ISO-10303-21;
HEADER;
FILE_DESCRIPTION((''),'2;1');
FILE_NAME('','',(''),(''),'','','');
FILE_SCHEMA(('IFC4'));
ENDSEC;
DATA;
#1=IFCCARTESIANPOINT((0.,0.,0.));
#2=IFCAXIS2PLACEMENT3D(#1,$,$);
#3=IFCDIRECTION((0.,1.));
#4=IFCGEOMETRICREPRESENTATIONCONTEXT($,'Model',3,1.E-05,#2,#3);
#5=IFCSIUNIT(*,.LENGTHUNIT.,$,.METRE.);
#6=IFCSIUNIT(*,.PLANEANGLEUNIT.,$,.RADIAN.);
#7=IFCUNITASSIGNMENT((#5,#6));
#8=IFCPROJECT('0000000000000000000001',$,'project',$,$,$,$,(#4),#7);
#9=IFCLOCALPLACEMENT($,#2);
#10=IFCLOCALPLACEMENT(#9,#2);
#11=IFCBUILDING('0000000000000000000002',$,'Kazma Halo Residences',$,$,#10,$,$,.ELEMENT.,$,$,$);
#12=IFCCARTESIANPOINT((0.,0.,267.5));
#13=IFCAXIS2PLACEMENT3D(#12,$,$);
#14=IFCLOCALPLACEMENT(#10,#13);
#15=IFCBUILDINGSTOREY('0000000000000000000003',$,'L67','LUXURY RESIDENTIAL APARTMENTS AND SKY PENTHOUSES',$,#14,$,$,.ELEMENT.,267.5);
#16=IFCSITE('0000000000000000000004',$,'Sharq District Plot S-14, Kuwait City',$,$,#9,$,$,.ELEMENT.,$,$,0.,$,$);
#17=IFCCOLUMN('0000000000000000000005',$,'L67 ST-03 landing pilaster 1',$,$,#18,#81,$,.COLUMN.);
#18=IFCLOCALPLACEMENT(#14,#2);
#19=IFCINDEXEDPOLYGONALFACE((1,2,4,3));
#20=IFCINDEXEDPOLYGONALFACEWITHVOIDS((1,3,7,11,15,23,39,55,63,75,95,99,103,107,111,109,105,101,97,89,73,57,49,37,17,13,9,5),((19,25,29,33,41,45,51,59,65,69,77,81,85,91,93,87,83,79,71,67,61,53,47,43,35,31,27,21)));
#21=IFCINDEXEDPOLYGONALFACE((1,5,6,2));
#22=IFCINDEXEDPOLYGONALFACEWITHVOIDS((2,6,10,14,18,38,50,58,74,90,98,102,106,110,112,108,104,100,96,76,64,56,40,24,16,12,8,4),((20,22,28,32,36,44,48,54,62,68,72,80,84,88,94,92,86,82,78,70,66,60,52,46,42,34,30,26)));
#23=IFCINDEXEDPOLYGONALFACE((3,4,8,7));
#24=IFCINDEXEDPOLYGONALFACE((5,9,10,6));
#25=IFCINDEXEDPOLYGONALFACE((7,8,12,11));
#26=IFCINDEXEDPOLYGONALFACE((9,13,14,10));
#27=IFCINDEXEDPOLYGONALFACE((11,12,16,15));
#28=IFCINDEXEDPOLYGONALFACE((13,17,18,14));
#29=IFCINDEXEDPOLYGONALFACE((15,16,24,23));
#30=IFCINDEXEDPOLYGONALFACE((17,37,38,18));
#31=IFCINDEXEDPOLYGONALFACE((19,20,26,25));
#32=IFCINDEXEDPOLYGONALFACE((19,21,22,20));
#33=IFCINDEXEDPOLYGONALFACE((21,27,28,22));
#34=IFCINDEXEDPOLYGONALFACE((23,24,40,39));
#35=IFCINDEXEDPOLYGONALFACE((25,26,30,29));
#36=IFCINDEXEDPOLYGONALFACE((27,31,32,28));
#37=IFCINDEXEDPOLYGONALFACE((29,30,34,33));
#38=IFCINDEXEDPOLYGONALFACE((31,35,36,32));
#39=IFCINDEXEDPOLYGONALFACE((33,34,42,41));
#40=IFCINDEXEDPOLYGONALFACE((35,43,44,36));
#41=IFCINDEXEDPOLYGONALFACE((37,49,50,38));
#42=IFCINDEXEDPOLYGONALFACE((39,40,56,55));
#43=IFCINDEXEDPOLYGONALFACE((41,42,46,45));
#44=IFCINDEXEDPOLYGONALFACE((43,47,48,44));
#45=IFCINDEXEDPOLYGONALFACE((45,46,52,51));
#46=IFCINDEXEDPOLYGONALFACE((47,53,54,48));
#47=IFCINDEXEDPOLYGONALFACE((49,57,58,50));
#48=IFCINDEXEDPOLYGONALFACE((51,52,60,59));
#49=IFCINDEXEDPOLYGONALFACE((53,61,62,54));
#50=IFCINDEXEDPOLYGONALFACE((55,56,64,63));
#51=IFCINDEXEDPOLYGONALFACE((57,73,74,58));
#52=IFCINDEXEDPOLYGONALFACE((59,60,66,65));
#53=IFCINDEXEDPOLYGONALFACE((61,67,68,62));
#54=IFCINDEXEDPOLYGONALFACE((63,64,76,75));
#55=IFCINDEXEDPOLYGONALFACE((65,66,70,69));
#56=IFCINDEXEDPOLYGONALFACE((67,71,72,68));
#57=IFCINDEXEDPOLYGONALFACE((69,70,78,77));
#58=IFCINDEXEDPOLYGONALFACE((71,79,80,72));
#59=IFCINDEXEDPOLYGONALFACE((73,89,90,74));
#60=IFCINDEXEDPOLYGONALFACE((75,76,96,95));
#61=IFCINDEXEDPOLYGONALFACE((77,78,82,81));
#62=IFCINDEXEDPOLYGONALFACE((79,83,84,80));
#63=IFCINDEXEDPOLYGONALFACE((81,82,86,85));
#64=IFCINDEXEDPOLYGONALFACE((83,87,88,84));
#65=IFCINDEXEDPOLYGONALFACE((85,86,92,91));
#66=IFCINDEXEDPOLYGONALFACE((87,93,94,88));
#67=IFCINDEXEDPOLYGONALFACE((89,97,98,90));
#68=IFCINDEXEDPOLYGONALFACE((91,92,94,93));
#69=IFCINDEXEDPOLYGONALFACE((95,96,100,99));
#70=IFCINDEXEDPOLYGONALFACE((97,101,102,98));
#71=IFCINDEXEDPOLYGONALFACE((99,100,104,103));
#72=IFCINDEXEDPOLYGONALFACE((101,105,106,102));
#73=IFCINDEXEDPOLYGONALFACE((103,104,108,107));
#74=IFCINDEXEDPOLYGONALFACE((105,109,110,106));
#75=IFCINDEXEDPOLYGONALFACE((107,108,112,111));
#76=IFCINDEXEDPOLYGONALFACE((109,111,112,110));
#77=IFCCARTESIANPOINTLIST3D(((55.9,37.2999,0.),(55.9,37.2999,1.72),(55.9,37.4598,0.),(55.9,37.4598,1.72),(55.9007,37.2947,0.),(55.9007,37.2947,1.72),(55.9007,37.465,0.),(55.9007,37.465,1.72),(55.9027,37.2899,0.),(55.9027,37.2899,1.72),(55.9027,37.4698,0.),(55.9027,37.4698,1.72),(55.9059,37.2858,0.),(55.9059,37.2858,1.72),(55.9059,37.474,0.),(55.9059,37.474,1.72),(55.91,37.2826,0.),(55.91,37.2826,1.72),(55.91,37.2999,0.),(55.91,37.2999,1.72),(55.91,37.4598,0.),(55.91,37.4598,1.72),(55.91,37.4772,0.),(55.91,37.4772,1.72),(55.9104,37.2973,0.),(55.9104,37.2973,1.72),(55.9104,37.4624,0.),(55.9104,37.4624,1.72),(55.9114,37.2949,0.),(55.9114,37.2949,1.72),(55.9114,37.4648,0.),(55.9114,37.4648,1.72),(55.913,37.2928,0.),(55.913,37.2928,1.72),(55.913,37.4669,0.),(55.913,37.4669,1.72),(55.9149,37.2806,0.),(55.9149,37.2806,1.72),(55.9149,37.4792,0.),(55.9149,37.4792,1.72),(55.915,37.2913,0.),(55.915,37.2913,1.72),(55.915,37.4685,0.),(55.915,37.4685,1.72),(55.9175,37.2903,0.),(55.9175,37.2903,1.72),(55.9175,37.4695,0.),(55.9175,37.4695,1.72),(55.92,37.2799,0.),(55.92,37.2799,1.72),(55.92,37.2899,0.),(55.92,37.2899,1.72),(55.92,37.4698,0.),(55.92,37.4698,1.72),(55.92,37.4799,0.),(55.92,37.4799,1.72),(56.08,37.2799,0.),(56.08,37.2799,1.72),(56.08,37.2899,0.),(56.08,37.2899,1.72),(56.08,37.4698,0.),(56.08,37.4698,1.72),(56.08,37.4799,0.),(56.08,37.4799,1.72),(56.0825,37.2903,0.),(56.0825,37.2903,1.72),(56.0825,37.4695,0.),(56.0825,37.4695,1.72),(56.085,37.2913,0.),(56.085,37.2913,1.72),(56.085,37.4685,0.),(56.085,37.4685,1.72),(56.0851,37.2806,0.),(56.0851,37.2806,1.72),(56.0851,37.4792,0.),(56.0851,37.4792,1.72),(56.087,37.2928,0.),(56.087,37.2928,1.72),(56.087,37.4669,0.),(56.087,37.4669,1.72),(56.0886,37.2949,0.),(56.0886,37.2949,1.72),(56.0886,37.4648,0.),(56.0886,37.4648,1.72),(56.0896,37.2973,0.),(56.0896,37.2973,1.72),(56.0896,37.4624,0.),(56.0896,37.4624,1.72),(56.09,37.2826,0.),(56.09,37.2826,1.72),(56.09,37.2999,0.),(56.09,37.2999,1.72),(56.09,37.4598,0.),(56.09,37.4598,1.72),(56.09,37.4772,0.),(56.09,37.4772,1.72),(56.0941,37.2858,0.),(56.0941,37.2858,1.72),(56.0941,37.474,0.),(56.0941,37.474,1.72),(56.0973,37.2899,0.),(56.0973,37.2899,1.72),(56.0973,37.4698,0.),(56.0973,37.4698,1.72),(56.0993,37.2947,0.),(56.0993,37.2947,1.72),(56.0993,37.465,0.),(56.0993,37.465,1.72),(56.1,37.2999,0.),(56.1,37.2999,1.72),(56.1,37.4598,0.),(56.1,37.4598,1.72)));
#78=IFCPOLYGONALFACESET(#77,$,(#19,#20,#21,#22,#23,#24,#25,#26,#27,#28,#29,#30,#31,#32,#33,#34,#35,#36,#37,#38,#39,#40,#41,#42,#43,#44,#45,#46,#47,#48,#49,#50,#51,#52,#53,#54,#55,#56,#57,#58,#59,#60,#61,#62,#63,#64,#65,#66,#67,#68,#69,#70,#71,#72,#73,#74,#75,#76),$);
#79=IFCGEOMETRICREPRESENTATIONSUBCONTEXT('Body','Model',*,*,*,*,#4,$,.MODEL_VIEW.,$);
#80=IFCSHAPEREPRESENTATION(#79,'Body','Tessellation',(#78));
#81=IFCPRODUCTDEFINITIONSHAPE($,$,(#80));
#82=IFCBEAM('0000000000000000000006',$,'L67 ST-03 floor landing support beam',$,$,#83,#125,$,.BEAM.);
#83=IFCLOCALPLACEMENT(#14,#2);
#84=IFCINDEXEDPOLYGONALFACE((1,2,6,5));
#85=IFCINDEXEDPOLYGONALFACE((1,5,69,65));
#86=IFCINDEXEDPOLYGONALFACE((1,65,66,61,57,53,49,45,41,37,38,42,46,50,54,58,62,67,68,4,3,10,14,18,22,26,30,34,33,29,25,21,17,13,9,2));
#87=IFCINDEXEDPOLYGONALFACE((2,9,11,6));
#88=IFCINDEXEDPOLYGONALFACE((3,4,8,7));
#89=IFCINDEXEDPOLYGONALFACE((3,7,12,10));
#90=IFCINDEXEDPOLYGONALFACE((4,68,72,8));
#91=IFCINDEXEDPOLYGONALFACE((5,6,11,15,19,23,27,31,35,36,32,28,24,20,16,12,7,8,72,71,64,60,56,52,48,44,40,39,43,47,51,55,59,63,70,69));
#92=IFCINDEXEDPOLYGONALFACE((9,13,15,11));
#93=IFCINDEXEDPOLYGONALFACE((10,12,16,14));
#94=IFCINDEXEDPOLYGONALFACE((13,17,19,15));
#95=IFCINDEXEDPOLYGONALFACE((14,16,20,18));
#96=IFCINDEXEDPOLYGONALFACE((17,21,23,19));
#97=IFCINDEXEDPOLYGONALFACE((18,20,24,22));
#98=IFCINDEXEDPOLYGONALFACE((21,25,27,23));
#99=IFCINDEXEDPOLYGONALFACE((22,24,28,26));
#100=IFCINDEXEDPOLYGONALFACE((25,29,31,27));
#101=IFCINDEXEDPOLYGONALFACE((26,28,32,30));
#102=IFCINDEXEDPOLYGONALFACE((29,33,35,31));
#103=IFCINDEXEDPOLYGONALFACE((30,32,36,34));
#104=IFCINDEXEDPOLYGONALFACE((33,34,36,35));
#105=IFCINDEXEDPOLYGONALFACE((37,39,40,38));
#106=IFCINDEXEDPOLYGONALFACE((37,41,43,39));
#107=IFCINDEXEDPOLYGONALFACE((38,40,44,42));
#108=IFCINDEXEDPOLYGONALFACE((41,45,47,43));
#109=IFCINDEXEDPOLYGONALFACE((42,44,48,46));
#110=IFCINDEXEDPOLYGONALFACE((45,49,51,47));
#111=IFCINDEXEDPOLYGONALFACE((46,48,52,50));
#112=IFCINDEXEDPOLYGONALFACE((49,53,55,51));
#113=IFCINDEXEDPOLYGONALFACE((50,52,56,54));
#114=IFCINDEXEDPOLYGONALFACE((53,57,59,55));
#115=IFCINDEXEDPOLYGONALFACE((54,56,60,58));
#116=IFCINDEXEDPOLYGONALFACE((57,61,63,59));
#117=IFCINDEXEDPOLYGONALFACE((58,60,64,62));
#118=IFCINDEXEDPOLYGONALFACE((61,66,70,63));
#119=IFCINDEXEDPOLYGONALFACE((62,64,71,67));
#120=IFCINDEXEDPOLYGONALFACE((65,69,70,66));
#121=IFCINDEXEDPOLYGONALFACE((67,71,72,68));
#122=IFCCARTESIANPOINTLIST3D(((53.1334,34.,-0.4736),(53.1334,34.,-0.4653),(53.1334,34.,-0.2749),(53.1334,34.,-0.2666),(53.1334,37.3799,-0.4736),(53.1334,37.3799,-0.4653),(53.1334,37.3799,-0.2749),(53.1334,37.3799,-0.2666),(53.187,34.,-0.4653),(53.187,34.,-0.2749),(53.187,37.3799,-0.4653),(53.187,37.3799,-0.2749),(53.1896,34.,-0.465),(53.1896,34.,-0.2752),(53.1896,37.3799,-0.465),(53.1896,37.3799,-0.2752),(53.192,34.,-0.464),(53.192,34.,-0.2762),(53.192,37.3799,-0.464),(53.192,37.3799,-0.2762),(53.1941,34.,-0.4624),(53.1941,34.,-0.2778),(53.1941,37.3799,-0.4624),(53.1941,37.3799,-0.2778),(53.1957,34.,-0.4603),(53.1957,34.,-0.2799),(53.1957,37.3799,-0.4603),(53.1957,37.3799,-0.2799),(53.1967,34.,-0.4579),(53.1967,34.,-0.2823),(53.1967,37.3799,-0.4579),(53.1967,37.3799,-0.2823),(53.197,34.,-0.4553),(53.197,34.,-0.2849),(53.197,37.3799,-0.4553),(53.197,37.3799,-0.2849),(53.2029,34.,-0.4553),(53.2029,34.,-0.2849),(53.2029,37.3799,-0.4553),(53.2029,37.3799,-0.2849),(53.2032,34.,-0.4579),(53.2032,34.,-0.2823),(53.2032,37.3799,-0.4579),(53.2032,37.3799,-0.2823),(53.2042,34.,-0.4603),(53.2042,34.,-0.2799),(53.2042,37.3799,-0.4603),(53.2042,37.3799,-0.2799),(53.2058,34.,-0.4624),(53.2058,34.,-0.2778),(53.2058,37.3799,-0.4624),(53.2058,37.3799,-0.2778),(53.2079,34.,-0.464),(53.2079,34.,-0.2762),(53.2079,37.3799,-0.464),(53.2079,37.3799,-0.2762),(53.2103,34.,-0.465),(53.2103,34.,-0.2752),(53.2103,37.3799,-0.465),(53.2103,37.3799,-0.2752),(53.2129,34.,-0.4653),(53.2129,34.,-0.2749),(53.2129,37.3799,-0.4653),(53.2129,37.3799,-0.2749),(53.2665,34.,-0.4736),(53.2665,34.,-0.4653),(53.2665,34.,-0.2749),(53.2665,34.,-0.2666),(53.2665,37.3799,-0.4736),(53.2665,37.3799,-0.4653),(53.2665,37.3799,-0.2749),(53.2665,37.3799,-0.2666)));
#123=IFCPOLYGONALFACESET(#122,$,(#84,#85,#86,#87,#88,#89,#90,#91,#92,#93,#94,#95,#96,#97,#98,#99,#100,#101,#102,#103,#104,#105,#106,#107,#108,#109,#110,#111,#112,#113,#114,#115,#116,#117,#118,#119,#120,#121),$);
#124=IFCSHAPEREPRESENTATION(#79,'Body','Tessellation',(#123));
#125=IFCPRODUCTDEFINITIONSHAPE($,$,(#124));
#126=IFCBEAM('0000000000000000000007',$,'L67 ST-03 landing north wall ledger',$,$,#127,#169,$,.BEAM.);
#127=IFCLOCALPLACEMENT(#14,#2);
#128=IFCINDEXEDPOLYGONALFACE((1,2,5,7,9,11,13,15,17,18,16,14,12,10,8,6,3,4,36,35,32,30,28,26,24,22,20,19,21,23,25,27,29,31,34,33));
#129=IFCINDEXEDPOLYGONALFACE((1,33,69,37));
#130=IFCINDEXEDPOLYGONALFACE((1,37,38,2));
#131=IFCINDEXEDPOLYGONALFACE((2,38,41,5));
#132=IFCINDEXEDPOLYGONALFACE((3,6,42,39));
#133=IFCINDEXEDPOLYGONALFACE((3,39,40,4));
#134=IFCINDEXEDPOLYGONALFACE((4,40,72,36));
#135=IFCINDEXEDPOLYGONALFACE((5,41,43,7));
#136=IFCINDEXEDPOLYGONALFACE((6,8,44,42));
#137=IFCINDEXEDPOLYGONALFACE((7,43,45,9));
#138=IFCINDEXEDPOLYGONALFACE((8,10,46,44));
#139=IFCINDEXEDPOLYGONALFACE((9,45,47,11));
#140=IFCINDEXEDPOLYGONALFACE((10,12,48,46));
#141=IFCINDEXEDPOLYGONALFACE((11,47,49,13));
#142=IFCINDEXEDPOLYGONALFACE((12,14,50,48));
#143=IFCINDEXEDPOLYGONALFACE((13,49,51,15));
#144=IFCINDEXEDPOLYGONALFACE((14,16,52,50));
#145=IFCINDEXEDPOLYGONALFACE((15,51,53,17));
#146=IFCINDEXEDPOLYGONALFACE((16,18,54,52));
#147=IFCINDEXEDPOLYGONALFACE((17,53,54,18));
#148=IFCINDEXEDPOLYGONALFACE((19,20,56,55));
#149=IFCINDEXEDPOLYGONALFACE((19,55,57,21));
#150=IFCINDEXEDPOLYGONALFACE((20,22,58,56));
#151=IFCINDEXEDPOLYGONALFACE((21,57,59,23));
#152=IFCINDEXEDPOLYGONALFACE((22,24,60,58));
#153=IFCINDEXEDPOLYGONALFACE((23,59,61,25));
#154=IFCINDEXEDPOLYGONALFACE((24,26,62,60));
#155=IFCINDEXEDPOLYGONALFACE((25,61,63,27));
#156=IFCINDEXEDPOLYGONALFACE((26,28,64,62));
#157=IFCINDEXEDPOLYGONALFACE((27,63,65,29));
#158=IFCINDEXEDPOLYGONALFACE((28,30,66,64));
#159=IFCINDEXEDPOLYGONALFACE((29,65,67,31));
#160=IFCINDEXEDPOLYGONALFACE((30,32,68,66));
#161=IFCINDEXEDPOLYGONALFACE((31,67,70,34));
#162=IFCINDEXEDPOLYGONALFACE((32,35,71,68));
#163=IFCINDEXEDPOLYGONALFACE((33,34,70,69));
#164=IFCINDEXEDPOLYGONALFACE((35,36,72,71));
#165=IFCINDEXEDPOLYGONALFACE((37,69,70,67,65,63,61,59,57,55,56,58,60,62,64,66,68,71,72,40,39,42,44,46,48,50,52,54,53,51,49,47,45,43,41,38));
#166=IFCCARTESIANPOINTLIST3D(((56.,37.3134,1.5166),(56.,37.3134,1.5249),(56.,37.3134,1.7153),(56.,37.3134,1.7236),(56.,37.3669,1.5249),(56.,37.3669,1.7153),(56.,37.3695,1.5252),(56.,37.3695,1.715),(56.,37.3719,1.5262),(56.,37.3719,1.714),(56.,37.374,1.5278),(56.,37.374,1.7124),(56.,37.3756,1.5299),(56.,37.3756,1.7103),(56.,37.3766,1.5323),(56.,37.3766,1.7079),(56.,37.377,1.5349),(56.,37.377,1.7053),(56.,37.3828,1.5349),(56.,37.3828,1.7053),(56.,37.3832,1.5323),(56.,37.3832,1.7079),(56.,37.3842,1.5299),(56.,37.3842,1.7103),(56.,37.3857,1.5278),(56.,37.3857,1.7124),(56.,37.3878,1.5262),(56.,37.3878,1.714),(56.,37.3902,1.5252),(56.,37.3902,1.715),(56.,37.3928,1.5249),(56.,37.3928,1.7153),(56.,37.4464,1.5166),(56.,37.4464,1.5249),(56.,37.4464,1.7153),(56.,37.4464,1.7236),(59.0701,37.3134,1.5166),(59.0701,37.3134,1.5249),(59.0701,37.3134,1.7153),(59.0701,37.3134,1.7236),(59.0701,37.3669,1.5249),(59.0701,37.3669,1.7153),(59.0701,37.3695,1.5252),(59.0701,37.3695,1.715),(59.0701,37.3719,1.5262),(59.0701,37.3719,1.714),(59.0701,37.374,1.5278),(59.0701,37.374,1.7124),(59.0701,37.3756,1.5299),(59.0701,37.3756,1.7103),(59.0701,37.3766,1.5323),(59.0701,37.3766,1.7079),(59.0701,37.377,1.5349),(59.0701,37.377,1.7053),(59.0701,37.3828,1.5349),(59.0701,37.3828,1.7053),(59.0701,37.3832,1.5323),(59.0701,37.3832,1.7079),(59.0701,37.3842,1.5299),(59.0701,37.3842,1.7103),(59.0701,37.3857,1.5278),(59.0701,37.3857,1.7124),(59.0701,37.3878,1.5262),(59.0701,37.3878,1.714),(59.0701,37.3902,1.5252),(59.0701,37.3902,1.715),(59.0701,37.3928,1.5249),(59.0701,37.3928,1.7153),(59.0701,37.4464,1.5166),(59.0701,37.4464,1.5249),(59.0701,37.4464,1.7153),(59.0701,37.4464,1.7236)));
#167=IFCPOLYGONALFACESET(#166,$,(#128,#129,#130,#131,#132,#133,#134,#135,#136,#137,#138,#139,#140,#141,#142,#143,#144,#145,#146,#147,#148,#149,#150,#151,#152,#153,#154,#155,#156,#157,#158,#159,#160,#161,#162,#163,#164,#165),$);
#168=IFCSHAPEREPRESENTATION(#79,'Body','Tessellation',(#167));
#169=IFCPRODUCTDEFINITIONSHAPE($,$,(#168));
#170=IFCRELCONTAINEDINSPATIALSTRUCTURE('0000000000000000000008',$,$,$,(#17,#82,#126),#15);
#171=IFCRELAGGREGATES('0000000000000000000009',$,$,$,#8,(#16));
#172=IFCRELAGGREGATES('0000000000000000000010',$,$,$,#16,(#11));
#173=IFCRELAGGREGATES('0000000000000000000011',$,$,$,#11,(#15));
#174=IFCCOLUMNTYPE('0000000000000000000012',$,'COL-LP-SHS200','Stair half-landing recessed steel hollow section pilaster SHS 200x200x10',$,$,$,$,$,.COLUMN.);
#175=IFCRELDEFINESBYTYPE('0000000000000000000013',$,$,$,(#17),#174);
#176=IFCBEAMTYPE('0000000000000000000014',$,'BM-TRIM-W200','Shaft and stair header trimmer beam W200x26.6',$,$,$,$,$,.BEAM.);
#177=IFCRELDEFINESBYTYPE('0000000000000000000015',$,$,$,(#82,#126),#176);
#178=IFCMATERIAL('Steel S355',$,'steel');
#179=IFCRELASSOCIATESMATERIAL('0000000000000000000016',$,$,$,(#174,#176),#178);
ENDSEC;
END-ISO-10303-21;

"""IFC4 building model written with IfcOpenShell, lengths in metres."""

from ifc_helpers import new_model, si_unit, direction, frame, origin, origin_2d, place, context, subcontext, project, spatial, hollow_rectangle, i_section, extrude, material, material_profile, profile_set, type_object, element, save


model = new_model("IFC4")

# Units and contexts
model_context = context("Model", 3, precision=1e-05, world=origin(), true_north=direction((0.0, 1.0)))
body_context = subcontext(model_context, "Body", "Model", "MODEL_VIEW")
ifc_project = project(units=[si_unit("LENGTHUNIT", "METRE"), si_unit("PLANEANGLEUNIT", "RADIAN")], contexts=[model_context])

# Site, building, storey
site_placement = place(None, origin())
site = spatial("IfcSite", under=ifc_project, at=site_placement, Name="Sharq District Plot S-14, Kuwait City", CompositionType="ELEMENT", RefElevation=0.0)
building_placement = place(site_placement, origin())
building = spatial("IfcBuilding", under=site, at=building_placement, Name="Kazma Halo Residences", CompositionType="ELEMENT")
storey_placement = place(building_placement, frame((0.0, 0.0, 267.5)))
storey = spatial("IfcBuildingStorey", under=building, at=storey_placement, Name="L67", Description="LUXURY RESIDENTIAL APARTMENTS AND SKY PENTHOUSES", CompositionType="ELEMENT", Elevation=267.5)

# Column
ifc_material_1 = material(Name="Steel S355", Category="steel")
ifc_material_profile_1 = material_profile(ifc_material_1, hollow_rectangle(XDim=0.2, YDim=0.2, WallThickness=0.01, InnerFilletRadius=0.01, OuterFilletRadius=0.02, at=origin_2d()), Name="SHS200x200x10")
ifc_profile_set_1 = profile_set([ifc_material_profile_1], Name="Steel S355")
column_type = type_object("IfcColumnType", Name="COL-LP-SHS200", Description="Stair half-landing recessed steel hollow section pilaster SHS 200x200x10", PredefinedType="COLUMN", material=ifc_profile_set_1)
column_placement = place(storey_placement, frame((56.0, 37.3799, 0.0), z_axis=(0.0, 0.0, 1.0), x_axis=(1.0, 0.0, 0.0)))
element("IfcColumn", 1, at=column_placement, inside=storey, type_object=column_type, Name="L67 ST-03 landing pilaster 1", PredefinedType="COLUMN", context=body_context, shape_type="SweptSolid", body=[
    extrude(hollow_rectangle(XDim=0.2, YDim=0.2, WallThickness=0.01, InnerFilletRadius=0.01, OuterFilletRadius=0.02, at=origin_2d()), origin(), (0.0, 0.0, 1.0), 1.72),
])

# Beams
ifc_material_profile_2 = material_profile(ifc_material_1, i_section(OverallWidth=0.1331, OverallDepth=0.207, WebThickness=0.0059, FlangeThickness=0.0083, FilletRadius=0.01, at=origin_2d()), Name="W200x26.6")
ifc_profile_set_2 = profile_set([ifc_material_profile_2], Name="Steel S355")
beam_type = type_object("IfcBeamType", Name="BM-TRIM-W200", Description="Shaft and stair header trimmer beam W200x26.6", PredefinedType="BEAM", material=ifc_profile_set_2)
beam_1_placement = place(storey_placement, frame((53.2, 34.0, -0.3701), z_axis=(0.0, 1.0, 0.0), x_axis=(-1.0, 0.0, 0.0)))
element("IfcBeam", 2, at=beam_1_placement, inside=storey, type_object=beam_type, Name="L67 ST-03 floor landing support beam", PredefinedType="BEAM", context=body_context, shape_type="SweptSolid", body=[
    extrude(i_section(OverallWidth=0.1331, OverallDepth=0.207, WebThickness=0.0059, FlangeThickness=0.0083, FilletRadius=0.01, at=origin_2d()), origin(), (0.0, 0.0, 1.0), 3.3799),
])
beam_2_placement = place(storey_placement, frame((56.0, 37.3799, 1.6201), z_axis=(1.0, 0.0, 0.0), x_axis=(0.0, 1.0, 0.0)))
element("IfcBeam", 3, at=beam_2_placement, inside=storey, type_object=beam_type, Name="L67 ST-03 landing north wall ledger", PredefinedType="BEAM", context=body_context, shape_type="SweptSolid", body=[
    extrude(i_section(OverallWidth=0.1331, OverallDepth=0.207, WebThickness=0.0059, FlangeThickness=0.0083, FilletRadius=0.01, at=origin_2d()), origin(), (0.0, 0.0, 1.0), 3.0701),
])

save(model, "model.ifc")
